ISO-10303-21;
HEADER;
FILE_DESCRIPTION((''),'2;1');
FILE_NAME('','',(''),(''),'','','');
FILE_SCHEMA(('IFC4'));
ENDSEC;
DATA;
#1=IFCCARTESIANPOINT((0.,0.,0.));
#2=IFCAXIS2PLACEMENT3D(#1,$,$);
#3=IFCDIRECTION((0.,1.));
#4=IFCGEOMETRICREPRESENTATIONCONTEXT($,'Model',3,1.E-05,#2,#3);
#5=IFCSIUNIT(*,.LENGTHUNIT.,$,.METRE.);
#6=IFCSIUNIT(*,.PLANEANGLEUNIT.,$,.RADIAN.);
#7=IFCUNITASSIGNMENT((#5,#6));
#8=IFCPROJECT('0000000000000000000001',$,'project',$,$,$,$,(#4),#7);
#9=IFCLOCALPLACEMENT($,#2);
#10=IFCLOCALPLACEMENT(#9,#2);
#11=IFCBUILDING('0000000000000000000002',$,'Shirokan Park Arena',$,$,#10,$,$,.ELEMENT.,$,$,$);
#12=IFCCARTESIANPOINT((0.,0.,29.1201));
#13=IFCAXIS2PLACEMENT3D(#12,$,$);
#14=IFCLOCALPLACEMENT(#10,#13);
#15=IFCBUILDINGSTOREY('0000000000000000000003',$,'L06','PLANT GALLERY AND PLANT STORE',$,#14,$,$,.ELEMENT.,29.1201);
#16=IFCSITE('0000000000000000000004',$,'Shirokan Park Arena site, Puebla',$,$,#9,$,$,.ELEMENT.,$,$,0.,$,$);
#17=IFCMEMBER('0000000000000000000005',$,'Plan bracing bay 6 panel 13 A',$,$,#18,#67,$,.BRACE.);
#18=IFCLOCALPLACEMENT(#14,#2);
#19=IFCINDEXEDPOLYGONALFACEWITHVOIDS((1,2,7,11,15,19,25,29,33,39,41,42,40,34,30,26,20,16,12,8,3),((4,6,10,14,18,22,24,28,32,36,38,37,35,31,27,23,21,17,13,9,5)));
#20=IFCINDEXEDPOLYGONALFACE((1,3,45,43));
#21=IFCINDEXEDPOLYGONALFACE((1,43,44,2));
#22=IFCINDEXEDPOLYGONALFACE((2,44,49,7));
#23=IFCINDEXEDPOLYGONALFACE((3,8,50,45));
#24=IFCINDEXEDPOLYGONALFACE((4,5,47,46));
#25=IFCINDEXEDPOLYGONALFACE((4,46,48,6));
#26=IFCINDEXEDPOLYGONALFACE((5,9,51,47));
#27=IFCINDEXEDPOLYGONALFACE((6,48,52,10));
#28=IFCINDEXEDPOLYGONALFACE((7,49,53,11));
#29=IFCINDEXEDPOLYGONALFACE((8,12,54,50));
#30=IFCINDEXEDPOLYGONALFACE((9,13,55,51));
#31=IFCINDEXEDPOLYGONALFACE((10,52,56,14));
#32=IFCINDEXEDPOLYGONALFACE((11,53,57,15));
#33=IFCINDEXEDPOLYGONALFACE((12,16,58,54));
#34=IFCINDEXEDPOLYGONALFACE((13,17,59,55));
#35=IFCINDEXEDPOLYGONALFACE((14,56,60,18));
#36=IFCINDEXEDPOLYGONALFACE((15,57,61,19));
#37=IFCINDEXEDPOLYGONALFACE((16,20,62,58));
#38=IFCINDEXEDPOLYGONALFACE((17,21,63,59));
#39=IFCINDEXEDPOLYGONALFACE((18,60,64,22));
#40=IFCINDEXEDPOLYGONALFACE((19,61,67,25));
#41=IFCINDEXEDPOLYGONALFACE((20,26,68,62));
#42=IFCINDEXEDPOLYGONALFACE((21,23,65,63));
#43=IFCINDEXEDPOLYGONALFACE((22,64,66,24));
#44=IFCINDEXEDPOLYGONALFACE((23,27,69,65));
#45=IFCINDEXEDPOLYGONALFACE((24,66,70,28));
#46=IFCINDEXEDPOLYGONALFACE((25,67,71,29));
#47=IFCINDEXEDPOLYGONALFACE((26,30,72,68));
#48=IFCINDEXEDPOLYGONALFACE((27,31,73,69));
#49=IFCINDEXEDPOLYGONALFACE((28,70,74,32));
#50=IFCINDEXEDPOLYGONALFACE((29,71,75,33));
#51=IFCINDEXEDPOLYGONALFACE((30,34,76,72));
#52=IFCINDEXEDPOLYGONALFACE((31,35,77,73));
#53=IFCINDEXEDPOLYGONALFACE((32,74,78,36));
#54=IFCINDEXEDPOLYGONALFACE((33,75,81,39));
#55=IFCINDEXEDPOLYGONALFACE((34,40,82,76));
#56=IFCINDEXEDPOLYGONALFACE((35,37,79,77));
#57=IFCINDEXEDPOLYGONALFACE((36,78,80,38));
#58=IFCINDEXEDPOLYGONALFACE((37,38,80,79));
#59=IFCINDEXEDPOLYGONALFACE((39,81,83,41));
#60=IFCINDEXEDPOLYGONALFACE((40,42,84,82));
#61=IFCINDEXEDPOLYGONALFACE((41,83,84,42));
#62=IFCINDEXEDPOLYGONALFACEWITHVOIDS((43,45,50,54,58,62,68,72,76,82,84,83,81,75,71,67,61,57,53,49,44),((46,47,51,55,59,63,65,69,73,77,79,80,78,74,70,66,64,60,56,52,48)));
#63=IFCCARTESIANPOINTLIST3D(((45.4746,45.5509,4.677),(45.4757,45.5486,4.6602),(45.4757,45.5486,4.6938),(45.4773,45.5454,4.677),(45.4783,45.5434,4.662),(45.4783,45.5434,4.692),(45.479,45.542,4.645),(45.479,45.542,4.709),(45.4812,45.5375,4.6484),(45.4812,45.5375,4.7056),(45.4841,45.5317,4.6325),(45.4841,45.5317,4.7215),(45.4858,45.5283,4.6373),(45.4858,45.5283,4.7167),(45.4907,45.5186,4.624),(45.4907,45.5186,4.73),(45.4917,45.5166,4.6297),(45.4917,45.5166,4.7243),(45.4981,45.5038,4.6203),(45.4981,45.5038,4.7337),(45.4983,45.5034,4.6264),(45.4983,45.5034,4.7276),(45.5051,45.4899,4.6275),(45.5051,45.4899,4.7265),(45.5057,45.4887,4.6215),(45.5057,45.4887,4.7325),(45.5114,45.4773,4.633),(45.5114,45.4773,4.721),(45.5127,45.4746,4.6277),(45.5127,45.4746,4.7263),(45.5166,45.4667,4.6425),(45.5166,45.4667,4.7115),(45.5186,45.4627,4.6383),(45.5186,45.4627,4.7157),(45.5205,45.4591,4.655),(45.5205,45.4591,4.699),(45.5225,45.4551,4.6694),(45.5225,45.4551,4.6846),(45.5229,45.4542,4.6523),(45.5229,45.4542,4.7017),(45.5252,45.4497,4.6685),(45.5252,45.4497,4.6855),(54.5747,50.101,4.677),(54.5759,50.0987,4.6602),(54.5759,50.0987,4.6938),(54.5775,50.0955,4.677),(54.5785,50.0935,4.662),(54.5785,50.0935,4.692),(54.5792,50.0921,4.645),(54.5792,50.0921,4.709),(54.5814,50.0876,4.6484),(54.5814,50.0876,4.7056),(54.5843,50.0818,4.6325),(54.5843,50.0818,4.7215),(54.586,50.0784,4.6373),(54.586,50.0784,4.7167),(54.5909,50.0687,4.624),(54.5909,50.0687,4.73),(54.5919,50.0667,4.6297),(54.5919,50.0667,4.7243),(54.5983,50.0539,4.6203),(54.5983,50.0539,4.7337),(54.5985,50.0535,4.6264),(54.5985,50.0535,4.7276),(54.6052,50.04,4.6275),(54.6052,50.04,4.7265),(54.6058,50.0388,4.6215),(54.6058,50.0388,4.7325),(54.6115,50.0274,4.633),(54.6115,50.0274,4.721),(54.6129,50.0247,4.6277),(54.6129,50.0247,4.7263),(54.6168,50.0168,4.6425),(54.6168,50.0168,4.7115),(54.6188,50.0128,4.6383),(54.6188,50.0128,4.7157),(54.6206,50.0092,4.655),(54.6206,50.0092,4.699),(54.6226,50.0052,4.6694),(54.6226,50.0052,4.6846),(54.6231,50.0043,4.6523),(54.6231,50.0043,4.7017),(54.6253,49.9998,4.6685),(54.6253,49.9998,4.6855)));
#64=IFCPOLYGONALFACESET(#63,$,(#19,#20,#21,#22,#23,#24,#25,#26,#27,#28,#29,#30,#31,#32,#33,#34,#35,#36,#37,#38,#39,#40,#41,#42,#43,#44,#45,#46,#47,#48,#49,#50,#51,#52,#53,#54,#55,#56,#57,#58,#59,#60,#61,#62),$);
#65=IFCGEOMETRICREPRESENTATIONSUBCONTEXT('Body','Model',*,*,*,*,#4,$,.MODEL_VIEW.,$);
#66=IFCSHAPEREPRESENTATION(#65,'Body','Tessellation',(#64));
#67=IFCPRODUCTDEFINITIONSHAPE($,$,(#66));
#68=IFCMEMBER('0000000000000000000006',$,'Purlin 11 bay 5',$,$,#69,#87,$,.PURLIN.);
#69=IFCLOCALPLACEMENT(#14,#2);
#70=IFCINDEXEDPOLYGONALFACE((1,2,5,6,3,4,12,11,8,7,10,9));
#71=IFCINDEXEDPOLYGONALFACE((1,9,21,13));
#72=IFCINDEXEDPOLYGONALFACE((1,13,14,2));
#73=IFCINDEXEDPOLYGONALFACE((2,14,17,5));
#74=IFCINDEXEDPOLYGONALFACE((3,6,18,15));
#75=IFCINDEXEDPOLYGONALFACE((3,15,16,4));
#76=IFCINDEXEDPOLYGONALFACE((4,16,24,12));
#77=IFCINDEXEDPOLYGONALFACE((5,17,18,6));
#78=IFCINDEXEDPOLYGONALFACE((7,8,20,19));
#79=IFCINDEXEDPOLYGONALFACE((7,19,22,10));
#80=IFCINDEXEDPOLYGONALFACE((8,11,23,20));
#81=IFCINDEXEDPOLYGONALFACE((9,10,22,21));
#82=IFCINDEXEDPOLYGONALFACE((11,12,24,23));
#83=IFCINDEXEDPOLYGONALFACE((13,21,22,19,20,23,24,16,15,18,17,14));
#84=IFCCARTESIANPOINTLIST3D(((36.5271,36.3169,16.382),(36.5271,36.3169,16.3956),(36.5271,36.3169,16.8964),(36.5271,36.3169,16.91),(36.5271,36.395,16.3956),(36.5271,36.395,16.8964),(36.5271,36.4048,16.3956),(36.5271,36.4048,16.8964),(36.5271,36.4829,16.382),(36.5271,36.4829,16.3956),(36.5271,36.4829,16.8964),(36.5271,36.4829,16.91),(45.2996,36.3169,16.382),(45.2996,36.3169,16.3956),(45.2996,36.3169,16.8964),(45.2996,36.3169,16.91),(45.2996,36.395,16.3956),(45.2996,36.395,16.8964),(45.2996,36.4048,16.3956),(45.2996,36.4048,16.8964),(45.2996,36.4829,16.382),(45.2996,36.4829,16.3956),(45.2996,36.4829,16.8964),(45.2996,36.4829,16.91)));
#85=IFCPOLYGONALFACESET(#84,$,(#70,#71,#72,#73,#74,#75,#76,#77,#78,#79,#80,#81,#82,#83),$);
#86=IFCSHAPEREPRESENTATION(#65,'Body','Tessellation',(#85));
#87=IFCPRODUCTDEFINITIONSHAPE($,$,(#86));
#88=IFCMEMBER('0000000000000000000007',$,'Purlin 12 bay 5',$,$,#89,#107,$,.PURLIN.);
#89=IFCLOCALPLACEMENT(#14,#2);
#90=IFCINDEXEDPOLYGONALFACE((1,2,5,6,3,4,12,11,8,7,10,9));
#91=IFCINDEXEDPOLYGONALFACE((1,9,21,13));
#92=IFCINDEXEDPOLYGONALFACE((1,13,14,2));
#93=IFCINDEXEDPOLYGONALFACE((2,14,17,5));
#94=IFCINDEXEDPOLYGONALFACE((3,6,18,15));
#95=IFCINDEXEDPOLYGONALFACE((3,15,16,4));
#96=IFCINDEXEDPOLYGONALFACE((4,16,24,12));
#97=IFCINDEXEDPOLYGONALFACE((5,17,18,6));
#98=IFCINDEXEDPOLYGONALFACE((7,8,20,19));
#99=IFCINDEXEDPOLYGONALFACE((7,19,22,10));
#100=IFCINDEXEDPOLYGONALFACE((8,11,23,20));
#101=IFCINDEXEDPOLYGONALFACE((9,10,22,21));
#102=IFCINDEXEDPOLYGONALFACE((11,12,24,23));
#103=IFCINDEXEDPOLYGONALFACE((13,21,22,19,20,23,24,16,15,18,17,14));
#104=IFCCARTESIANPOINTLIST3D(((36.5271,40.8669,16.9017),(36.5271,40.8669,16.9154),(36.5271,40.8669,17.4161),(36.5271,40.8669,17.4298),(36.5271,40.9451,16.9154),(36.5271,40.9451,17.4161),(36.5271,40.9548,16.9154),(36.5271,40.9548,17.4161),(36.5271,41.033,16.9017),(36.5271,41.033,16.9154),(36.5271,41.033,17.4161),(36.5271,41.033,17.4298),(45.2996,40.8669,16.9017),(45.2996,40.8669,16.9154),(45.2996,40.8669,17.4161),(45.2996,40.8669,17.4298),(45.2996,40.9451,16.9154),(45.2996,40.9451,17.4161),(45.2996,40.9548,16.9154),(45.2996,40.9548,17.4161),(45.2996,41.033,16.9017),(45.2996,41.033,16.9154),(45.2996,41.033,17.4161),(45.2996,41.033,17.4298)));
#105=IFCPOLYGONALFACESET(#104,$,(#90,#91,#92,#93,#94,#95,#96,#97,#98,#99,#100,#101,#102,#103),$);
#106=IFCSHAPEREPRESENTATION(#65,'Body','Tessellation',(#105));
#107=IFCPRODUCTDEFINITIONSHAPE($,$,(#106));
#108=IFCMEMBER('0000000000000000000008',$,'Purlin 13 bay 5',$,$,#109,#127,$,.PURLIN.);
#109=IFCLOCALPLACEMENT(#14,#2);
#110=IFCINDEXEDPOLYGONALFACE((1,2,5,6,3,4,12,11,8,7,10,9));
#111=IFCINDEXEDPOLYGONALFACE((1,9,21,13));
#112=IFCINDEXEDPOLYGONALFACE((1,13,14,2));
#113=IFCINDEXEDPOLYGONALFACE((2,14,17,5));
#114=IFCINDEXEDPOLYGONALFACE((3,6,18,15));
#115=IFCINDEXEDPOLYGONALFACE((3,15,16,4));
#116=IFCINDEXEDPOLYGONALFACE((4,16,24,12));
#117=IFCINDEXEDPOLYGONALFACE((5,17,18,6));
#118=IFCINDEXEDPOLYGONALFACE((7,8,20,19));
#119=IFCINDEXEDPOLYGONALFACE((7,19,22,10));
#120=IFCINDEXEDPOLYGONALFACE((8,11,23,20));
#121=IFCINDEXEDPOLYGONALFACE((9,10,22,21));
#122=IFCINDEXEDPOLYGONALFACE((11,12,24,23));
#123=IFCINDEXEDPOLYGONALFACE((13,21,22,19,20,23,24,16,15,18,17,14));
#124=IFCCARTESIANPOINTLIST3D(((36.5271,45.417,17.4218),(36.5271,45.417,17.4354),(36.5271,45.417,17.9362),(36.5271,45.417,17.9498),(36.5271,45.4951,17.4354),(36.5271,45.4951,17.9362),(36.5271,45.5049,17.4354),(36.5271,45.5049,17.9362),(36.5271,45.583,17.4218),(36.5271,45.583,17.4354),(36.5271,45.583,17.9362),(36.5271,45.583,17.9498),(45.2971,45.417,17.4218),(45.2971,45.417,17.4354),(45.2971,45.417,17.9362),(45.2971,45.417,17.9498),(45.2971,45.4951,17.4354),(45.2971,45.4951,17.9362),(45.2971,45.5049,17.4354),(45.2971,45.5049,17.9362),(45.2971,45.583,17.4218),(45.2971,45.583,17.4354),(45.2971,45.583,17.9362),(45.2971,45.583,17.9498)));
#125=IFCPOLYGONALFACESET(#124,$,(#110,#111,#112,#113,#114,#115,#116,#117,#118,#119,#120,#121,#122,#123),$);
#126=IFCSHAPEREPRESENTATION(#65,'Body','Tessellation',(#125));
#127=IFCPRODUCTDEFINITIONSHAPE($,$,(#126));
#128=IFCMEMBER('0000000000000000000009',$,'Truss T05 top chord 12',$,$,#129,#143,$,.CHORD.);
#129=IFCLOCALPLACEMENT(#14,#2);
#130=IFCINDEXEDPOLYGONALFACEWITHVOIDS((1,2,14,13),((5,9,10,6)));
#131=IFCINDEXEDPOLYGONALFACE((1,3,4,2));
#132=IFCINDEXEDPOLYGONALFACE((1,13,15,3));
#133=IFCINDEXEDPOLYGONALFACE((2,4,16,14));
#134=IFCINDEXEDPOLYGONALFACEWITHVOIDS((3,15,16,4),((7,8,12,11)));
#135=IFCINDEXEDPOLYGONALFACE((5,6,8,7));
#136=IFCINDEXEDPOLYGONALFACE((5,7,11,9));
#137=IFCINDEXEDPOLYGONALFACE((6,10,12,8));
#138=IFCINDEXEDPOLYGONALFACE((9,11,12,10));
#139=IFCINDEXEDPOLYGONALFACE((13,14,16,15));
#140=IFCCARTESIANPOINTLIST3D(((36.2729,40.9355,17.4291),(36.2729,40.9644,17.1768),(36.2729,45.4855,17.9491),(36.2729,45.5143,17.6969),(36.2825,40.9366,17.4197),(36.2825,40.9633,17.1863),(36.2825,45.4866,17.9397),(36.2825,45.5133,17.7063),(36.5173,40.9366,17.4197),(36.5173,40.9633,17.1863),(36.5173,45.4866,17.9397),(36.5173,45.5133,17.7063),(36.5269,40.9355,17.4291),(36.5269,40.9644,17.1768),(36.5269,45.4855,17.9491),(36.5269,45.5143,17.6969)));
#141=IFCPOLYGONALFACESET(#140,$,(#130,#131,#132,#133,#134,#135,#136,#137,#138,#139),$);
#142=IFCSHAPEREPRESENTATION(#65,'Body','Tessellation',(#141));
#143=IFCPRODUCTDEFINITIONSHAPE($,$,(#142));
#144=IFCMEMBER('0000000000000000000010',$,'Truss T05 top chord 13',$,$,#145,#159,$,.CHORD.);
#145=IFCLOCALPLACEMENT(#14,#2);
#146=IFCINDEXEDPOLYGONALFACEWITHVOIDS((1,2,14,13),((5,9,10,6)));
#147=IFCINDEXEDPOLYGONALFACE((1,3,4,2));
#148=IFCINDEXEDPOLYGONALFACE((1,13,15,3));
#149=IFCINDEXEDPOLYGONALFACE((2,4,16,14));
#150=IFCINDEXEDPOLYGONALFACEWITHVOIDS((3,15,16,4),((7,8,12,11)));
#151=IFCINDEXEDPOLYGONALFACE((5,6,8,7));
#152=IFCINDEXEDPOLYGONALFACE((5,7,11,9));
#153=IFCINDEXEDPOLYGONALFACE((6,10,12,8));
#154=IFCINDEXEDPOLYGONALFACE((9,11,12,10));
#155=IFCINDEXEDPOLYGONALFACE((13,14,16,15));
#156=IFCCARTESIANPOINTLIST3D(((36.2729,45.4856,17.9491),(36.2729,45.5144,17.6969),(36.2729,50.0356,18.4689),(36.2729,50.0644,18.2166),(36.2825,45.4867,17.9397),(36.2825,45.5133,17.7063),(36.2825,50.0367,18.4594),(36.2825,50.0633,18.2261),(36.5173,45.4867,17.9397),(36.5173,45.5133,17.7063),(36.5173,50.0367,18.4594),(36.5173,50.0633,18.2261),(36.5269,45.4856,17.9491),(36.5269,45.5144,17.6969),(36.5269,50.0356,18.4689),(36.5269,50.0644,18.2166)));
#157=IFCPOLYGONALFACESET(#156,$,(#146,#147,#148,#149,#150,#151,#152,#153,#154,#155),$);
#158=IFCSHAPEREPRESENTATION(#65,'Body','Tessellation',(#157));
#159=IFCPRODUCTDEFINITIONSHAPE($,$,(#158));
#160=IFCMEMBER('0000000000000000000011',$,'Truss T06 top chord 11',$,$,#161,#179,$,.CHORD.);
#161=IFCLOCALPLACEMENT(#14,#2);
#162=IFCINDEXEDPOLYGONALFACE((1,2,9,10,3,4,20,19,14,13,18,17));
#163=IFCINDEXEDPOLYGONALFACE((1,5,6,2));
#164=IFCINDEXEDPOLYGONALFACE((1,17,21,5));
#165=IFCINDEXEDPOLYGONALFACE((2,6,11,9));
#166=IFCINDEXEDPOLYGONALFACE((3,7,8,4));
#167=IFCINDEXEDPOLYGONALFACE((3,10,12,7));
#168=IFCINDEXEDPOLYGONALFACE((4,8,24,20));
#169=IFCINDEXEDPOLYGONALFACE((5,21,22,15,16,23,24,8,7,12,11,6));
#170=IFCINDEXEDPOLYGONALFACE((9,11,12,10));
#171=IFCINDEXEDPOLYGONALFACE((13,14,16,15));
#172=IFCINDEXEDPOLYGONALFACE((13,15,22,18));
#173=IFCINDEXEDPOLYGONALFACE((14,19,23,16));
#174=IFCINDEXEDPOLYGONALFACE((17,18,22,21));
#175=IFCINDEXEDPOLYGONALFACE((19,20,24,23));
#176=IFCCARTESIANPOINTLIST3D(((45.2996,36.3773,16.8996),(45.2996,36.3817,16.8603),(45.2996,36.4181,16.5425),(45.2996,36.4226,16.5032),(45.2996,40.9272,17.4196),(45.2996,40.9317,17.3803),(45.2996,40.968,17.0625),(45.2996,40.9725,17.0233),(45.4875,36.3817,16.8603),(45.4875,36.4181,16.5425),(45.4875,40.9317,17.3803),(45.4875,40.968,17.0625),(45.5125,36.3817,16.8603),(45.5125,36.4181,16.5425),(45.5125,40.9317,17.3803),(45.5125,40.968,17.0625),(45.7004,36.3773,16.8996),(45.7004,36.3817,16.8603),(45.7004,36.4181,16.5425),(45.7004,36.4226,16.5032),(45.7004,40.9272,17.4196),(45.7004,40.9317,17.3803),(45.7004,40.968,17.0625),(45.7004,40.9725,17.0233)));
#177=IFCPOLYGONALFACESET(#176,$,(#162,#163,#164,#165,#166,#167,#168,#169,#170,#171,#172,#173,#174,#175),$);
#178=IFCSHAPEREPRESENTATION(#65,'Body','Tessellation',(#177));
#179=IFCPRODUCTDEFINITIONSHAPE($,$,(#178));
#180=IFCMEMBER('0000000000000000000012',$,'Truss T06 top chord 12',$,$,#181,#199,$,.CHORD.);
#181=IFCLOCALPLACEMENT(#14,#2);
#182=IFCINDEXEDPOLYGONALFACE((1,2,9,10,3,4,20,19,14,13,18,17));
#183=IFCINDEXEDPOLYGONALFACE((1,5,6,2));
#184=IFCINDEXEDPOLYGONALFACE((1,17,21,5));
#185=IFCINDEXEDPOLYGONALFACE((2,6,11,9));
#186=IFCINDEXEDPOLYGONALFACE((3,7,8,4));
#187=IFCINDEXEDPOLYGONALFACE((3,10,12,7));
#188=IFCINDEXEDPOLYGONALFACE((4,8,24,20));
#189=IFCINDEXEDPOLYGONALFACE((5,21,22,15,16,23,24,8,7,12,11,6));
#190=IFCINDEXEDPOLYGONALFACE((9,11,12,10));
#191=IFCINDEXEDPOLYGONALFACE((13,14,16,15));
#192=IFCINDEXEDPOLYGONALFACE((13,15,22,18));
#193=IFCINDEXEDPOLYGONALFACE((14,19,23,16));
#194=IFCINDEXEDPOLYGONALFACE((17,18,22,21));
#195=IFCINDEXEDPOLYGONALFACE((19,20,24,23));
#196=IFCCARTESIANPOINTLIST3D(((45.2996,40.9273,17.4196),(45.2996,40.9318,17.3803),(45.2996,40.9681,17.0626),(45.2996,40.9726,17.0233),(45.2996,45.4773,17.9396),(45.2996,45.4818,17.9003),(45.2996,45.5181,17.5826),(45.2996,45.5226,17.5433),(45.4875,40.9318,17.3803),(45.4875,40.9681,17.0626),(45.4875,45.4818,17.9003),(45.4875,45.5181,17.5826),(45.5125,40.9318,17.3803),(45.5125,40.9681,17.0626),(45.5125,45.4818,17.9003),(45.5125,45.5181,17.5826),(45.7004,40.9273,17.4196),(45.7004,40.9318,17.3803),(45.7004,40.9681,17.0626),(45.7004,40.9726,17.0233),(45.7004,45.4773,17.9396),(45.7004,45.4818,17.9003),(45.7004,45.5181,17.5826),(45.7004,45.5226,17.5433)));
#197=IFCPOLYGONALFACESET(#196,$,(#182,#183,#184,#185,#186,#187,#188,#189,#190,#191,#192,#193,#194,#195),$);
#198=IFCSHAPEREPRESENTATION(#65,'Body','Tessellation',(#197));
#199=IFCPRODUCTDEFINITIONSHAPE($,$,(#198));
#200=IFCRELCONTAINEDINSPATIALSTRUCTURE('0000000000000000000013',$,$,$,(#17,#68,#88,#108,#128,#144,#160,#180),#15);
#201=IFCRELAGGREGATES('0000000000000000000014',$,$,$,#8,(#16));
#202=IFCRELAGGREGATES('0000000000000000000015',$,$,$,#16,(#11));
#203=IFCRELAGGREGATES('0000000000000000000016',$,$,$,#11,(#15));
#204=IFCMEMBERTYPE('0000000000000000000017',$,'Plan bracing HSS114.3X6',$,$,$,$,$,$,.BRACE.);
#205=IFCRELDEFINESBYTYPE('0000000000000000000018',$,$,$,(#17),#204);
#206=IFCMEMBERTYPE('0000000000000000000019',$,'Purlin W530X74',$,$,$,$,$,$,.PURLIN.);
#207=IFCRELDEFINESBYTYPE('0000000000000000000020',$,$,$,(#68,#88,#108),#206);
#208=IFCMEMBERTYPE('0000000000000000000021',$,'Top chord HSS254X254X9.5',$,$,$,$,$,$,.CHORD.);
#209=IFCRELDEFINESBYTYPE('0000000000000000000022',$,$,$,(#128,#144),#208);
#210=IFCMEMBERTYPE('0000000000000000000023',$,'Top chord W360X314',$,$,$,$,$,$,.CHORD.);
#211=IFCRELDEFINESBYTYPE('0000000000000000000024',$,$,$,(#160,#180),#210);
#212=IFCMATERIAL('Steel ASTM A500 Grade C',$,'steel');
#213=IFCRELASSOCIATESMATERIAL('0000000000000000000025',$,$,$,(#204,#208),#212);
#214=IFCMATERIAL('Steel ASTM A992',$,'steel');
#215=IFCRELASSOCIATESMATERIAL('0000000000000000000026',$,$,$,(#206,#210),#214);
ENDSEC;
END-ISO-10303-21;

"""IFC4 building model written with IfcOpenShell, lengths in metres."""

from ifc_helpers import new_model, si_unit, direction, frame, origin, origin_2d, place, context, subcontext, project, spatial, hollow_rectangle, hollow_circle, i_section, extrude, material, material_profile, profile_set, type_object, element, save


model = new_model("IFC4")

# Units and contexts
model_context = context("Model", 3, precision=1e-05, world=origin(), true_north=direction((0.0, 1.0)))
body_context = subcontext(model_context, "Body", "Model", "MODEL_VIEW")
ifc_project = project(units=[si_unit("LENGTHUNIT", "METRE"), si_unit("PLANEANGLEUNIT", "RADIAN")], contexts=[model_context])

# Site, building, storey
site_placement = place(None, origin())
site = spatial("IfcSite", under=ifc_project, at=site_placement, Name="Shirokan Park Arena site, Puebla", CompositionType="ELEMENT", RefElevation=0.0)
building_placement = place(site_placement, origin())
building = spatial("IfcBuilding", under=site, at=building_placement, Name="Shirokan Park Arena", CompositionType="ELEMENT")
storey_placement = place(building_placement, frame((0.0, 0.0, 29.1201)))
storey = spatial("IfcBuildingStorey", under=building, at=storey_placement, Name="L06", Description="PLANT GALLERY AND PLANT STORE", CompositionType="ELEMENT", Elevation=29.1201)

# Members
ifc_material_1 = material(Name="Steel ASTM A500 Grade C", Category="steel")
ifc_material_profile_1 = material_profile(ifc_material_1, hollow_circle(Radius=0.0569, WallThickness=0.0061, at=origin_2d()), Name="HSS114.3X6")
ifc_profile_set_1 = profile_set([ifc_material_profile_1], Name="Steel ASTM A500 Grade C")
member_type_1 = type_object("IfcMemberType", Name="Plan bracing HSS114.3X6", PredefinedType="BRACE", material=ifc_profile_set_1)
member_1_placement = place(storey_placement, frame((45.5, 45.5, 4.677), z_axis=(0.894427, 0.447214, 0.0), x_axis=(-0.447214, 0.894427, 0.0)))
element("IfcMember", 1, at=member_1_placement, inside=storey, type_object=member_type_1, Name="Plan bracing bay 6 panel 13 A", PredefinedType="BRACE", context=body_context, shape_type="SweptSolid", body=[
    extrude(hollow_circle(Radius=0.0569, WallThickness=0.0061, at=origin_2d()), origin(), (0.0, 0.0, 1.0), 10.1743),
])
ifc_material_2 = material(Name="Steel ASTM A992", Category="steel")
ifc_material_profile_2 = material_profile(ifc_material_2, i_section(OverallWidth=0.166, OverallDepth=0.5281, WebThickness=0.0098, FlangeThickness=0.0137, at=origin_2d()), Name="W530X74")
ifc_profile_set_2 = profile_set([ifc_material_profile_2], Name="Steel ASTM A992")
member_type_2 = type_object("IfcMemberType", Name="Purlin W530X74", PredefinedType="PURLIN", material=ifc_profile_set_2)
for number, where, z_axis, x_axis, name in (
    (2, (36.5271, 36.3999, 16.646), (1.0, 0.0, 0.0), (0.0, 1.0, 0.0), "Purlin 11 bay 5"),
    (3, (36.5271, 40.95, 17.1658), (1.0, 0.0, 0.0), (0.0, 1.0, 0.0), "Purlin 12 bay 5"),
):
    element("IfcMember", number, at=place(storey_placement, frame(where, z_axis=z_axis, x_axis=x_axis)), inside=storey, type_object=member_type_2, Name=name, PredefinedType="PURLIN", context=body_context, shape_type="SweptSolid", body=[
        extrude(i_section(OverallWidth=0.166, OverallDepth=0.5281, WebThickness=0.0098, FlangeThickness=0.0137, at=origin_2d()), origin(), (0.0, 0.0, 1.0), 8.7725),
    ])
member_2_placement = place(storey_placement, frame((36.5271, 45.5, 17.6858), z_axis=(1.0, 0.0, 0.0), x_axis=(0.0, 1.0, 0.0)))
element("IfcMember", 4, at=member_2_placement, inside=storey, type_object=member_type_2, Name="Purlin 13 bay 5", PredefinedType="PURLIN", context=body_context, shape_type="SweptSolid", body=[
    extrude(i_section(OverallWidth=0.166, OverallDepth=0.5281, WebThickness=0.0098, FlangeThickness=0.0137, at=origin_2d()), origin(), (0.0, 0.0, 1.0), 8.77),
])
ifc_material_profile_3 = material_profile(ifc_material_1, hollow_rectangle(XDim=0.2539, YDim=0.2539, WallThickness=0.0095, at=origin_2d()), Name="HSS254X254X9.5")
ifc_profile_set_3 = profile_set([ifc_material_profile_3], Name="Steel ASTM A500 Grade C")
member_type_3 = type_object("IfcMemberType", Name="Top chord HSS254X254X9.5", PredefinedType="CHORD", material=ifc_profile_set_3)
for number, where, z_axis, x_axis, name in (
    (5, (36.3999, 40.95, 17.303), (0.0, 0.993532, 0.11355), (-1.0, 0.0, 0.0), "Truss T05 top chord 12"),
    (6, (36.3999, 45.5, 17.823), (0.0, 0.993538, 0.113497), (-1.0, 0.0, 0.0), "Truss T05 top chord 13"),
):
    element("IfcMember", number, at=place(storey_placement, frame(where, z_axis=z_axis, x_axis=x_axis)), inside=storey, type_object=member_type_3, Name=name, PredefinedType="CHORD", context=body_context, shape_type="SweptSolid", body=[
        extrude(hollow_rectangle(XDim=0.2539, YDim=0.2539, WallThickness=0.0095, at=origin_2d()), origin(), (0.0, 0.0, 1.0), 4.5796),
    ])
ifc_material_profile_4 = material_profile(ifc_material_2, i_section(OverallWidth=0.4009, OverallDepth=0.3989, WebThickness=0.0249, FlangeThickness=0.0396, at=origin_2d()), Name="W360X314")
ifc_profile_set_4 = profile_set([ifc_material_profile_4], Name="Steel ASTM A992")
member_type_4 = type_object("IfcMemberType", Name="Top chord W360X314", PredefinedType="CHORD", material=ifc_profile_set_4)
for number, where, z_axis, x_axis, name in (
    (7, (45.5, 36.3999, 16.7014), (0.0, 0.993532, 0.11355), (-1.0, 0.0, 0.0), "Truss T06 top chord 11"),
    (8, (45.5, 40.95, 17.2214), (0.0, 0.993532, 0.11355), (-1.0, 0.0, 0.0), "Truss T06 top chord 12"),
):
    element("IfcMember", number, at=place(storey_placement, frame(where, z_axis=z_axis, x_axis=x_axis)), inside=storey, type_object=member_type_4, Name=name, PredefinedType="CHORD", context=body_context, shape_type="SweptSolid", body=[
        extrude(i_section(OverallWidth=0.4009, OverallDepth=0.3989, WebThickness=0.0249, FlangeThickness=0.0396, at=origin_2d()), origin(), (0.0, 0.0, 1.0), 4.5796),
    ])

save(model, "model.ifc")
